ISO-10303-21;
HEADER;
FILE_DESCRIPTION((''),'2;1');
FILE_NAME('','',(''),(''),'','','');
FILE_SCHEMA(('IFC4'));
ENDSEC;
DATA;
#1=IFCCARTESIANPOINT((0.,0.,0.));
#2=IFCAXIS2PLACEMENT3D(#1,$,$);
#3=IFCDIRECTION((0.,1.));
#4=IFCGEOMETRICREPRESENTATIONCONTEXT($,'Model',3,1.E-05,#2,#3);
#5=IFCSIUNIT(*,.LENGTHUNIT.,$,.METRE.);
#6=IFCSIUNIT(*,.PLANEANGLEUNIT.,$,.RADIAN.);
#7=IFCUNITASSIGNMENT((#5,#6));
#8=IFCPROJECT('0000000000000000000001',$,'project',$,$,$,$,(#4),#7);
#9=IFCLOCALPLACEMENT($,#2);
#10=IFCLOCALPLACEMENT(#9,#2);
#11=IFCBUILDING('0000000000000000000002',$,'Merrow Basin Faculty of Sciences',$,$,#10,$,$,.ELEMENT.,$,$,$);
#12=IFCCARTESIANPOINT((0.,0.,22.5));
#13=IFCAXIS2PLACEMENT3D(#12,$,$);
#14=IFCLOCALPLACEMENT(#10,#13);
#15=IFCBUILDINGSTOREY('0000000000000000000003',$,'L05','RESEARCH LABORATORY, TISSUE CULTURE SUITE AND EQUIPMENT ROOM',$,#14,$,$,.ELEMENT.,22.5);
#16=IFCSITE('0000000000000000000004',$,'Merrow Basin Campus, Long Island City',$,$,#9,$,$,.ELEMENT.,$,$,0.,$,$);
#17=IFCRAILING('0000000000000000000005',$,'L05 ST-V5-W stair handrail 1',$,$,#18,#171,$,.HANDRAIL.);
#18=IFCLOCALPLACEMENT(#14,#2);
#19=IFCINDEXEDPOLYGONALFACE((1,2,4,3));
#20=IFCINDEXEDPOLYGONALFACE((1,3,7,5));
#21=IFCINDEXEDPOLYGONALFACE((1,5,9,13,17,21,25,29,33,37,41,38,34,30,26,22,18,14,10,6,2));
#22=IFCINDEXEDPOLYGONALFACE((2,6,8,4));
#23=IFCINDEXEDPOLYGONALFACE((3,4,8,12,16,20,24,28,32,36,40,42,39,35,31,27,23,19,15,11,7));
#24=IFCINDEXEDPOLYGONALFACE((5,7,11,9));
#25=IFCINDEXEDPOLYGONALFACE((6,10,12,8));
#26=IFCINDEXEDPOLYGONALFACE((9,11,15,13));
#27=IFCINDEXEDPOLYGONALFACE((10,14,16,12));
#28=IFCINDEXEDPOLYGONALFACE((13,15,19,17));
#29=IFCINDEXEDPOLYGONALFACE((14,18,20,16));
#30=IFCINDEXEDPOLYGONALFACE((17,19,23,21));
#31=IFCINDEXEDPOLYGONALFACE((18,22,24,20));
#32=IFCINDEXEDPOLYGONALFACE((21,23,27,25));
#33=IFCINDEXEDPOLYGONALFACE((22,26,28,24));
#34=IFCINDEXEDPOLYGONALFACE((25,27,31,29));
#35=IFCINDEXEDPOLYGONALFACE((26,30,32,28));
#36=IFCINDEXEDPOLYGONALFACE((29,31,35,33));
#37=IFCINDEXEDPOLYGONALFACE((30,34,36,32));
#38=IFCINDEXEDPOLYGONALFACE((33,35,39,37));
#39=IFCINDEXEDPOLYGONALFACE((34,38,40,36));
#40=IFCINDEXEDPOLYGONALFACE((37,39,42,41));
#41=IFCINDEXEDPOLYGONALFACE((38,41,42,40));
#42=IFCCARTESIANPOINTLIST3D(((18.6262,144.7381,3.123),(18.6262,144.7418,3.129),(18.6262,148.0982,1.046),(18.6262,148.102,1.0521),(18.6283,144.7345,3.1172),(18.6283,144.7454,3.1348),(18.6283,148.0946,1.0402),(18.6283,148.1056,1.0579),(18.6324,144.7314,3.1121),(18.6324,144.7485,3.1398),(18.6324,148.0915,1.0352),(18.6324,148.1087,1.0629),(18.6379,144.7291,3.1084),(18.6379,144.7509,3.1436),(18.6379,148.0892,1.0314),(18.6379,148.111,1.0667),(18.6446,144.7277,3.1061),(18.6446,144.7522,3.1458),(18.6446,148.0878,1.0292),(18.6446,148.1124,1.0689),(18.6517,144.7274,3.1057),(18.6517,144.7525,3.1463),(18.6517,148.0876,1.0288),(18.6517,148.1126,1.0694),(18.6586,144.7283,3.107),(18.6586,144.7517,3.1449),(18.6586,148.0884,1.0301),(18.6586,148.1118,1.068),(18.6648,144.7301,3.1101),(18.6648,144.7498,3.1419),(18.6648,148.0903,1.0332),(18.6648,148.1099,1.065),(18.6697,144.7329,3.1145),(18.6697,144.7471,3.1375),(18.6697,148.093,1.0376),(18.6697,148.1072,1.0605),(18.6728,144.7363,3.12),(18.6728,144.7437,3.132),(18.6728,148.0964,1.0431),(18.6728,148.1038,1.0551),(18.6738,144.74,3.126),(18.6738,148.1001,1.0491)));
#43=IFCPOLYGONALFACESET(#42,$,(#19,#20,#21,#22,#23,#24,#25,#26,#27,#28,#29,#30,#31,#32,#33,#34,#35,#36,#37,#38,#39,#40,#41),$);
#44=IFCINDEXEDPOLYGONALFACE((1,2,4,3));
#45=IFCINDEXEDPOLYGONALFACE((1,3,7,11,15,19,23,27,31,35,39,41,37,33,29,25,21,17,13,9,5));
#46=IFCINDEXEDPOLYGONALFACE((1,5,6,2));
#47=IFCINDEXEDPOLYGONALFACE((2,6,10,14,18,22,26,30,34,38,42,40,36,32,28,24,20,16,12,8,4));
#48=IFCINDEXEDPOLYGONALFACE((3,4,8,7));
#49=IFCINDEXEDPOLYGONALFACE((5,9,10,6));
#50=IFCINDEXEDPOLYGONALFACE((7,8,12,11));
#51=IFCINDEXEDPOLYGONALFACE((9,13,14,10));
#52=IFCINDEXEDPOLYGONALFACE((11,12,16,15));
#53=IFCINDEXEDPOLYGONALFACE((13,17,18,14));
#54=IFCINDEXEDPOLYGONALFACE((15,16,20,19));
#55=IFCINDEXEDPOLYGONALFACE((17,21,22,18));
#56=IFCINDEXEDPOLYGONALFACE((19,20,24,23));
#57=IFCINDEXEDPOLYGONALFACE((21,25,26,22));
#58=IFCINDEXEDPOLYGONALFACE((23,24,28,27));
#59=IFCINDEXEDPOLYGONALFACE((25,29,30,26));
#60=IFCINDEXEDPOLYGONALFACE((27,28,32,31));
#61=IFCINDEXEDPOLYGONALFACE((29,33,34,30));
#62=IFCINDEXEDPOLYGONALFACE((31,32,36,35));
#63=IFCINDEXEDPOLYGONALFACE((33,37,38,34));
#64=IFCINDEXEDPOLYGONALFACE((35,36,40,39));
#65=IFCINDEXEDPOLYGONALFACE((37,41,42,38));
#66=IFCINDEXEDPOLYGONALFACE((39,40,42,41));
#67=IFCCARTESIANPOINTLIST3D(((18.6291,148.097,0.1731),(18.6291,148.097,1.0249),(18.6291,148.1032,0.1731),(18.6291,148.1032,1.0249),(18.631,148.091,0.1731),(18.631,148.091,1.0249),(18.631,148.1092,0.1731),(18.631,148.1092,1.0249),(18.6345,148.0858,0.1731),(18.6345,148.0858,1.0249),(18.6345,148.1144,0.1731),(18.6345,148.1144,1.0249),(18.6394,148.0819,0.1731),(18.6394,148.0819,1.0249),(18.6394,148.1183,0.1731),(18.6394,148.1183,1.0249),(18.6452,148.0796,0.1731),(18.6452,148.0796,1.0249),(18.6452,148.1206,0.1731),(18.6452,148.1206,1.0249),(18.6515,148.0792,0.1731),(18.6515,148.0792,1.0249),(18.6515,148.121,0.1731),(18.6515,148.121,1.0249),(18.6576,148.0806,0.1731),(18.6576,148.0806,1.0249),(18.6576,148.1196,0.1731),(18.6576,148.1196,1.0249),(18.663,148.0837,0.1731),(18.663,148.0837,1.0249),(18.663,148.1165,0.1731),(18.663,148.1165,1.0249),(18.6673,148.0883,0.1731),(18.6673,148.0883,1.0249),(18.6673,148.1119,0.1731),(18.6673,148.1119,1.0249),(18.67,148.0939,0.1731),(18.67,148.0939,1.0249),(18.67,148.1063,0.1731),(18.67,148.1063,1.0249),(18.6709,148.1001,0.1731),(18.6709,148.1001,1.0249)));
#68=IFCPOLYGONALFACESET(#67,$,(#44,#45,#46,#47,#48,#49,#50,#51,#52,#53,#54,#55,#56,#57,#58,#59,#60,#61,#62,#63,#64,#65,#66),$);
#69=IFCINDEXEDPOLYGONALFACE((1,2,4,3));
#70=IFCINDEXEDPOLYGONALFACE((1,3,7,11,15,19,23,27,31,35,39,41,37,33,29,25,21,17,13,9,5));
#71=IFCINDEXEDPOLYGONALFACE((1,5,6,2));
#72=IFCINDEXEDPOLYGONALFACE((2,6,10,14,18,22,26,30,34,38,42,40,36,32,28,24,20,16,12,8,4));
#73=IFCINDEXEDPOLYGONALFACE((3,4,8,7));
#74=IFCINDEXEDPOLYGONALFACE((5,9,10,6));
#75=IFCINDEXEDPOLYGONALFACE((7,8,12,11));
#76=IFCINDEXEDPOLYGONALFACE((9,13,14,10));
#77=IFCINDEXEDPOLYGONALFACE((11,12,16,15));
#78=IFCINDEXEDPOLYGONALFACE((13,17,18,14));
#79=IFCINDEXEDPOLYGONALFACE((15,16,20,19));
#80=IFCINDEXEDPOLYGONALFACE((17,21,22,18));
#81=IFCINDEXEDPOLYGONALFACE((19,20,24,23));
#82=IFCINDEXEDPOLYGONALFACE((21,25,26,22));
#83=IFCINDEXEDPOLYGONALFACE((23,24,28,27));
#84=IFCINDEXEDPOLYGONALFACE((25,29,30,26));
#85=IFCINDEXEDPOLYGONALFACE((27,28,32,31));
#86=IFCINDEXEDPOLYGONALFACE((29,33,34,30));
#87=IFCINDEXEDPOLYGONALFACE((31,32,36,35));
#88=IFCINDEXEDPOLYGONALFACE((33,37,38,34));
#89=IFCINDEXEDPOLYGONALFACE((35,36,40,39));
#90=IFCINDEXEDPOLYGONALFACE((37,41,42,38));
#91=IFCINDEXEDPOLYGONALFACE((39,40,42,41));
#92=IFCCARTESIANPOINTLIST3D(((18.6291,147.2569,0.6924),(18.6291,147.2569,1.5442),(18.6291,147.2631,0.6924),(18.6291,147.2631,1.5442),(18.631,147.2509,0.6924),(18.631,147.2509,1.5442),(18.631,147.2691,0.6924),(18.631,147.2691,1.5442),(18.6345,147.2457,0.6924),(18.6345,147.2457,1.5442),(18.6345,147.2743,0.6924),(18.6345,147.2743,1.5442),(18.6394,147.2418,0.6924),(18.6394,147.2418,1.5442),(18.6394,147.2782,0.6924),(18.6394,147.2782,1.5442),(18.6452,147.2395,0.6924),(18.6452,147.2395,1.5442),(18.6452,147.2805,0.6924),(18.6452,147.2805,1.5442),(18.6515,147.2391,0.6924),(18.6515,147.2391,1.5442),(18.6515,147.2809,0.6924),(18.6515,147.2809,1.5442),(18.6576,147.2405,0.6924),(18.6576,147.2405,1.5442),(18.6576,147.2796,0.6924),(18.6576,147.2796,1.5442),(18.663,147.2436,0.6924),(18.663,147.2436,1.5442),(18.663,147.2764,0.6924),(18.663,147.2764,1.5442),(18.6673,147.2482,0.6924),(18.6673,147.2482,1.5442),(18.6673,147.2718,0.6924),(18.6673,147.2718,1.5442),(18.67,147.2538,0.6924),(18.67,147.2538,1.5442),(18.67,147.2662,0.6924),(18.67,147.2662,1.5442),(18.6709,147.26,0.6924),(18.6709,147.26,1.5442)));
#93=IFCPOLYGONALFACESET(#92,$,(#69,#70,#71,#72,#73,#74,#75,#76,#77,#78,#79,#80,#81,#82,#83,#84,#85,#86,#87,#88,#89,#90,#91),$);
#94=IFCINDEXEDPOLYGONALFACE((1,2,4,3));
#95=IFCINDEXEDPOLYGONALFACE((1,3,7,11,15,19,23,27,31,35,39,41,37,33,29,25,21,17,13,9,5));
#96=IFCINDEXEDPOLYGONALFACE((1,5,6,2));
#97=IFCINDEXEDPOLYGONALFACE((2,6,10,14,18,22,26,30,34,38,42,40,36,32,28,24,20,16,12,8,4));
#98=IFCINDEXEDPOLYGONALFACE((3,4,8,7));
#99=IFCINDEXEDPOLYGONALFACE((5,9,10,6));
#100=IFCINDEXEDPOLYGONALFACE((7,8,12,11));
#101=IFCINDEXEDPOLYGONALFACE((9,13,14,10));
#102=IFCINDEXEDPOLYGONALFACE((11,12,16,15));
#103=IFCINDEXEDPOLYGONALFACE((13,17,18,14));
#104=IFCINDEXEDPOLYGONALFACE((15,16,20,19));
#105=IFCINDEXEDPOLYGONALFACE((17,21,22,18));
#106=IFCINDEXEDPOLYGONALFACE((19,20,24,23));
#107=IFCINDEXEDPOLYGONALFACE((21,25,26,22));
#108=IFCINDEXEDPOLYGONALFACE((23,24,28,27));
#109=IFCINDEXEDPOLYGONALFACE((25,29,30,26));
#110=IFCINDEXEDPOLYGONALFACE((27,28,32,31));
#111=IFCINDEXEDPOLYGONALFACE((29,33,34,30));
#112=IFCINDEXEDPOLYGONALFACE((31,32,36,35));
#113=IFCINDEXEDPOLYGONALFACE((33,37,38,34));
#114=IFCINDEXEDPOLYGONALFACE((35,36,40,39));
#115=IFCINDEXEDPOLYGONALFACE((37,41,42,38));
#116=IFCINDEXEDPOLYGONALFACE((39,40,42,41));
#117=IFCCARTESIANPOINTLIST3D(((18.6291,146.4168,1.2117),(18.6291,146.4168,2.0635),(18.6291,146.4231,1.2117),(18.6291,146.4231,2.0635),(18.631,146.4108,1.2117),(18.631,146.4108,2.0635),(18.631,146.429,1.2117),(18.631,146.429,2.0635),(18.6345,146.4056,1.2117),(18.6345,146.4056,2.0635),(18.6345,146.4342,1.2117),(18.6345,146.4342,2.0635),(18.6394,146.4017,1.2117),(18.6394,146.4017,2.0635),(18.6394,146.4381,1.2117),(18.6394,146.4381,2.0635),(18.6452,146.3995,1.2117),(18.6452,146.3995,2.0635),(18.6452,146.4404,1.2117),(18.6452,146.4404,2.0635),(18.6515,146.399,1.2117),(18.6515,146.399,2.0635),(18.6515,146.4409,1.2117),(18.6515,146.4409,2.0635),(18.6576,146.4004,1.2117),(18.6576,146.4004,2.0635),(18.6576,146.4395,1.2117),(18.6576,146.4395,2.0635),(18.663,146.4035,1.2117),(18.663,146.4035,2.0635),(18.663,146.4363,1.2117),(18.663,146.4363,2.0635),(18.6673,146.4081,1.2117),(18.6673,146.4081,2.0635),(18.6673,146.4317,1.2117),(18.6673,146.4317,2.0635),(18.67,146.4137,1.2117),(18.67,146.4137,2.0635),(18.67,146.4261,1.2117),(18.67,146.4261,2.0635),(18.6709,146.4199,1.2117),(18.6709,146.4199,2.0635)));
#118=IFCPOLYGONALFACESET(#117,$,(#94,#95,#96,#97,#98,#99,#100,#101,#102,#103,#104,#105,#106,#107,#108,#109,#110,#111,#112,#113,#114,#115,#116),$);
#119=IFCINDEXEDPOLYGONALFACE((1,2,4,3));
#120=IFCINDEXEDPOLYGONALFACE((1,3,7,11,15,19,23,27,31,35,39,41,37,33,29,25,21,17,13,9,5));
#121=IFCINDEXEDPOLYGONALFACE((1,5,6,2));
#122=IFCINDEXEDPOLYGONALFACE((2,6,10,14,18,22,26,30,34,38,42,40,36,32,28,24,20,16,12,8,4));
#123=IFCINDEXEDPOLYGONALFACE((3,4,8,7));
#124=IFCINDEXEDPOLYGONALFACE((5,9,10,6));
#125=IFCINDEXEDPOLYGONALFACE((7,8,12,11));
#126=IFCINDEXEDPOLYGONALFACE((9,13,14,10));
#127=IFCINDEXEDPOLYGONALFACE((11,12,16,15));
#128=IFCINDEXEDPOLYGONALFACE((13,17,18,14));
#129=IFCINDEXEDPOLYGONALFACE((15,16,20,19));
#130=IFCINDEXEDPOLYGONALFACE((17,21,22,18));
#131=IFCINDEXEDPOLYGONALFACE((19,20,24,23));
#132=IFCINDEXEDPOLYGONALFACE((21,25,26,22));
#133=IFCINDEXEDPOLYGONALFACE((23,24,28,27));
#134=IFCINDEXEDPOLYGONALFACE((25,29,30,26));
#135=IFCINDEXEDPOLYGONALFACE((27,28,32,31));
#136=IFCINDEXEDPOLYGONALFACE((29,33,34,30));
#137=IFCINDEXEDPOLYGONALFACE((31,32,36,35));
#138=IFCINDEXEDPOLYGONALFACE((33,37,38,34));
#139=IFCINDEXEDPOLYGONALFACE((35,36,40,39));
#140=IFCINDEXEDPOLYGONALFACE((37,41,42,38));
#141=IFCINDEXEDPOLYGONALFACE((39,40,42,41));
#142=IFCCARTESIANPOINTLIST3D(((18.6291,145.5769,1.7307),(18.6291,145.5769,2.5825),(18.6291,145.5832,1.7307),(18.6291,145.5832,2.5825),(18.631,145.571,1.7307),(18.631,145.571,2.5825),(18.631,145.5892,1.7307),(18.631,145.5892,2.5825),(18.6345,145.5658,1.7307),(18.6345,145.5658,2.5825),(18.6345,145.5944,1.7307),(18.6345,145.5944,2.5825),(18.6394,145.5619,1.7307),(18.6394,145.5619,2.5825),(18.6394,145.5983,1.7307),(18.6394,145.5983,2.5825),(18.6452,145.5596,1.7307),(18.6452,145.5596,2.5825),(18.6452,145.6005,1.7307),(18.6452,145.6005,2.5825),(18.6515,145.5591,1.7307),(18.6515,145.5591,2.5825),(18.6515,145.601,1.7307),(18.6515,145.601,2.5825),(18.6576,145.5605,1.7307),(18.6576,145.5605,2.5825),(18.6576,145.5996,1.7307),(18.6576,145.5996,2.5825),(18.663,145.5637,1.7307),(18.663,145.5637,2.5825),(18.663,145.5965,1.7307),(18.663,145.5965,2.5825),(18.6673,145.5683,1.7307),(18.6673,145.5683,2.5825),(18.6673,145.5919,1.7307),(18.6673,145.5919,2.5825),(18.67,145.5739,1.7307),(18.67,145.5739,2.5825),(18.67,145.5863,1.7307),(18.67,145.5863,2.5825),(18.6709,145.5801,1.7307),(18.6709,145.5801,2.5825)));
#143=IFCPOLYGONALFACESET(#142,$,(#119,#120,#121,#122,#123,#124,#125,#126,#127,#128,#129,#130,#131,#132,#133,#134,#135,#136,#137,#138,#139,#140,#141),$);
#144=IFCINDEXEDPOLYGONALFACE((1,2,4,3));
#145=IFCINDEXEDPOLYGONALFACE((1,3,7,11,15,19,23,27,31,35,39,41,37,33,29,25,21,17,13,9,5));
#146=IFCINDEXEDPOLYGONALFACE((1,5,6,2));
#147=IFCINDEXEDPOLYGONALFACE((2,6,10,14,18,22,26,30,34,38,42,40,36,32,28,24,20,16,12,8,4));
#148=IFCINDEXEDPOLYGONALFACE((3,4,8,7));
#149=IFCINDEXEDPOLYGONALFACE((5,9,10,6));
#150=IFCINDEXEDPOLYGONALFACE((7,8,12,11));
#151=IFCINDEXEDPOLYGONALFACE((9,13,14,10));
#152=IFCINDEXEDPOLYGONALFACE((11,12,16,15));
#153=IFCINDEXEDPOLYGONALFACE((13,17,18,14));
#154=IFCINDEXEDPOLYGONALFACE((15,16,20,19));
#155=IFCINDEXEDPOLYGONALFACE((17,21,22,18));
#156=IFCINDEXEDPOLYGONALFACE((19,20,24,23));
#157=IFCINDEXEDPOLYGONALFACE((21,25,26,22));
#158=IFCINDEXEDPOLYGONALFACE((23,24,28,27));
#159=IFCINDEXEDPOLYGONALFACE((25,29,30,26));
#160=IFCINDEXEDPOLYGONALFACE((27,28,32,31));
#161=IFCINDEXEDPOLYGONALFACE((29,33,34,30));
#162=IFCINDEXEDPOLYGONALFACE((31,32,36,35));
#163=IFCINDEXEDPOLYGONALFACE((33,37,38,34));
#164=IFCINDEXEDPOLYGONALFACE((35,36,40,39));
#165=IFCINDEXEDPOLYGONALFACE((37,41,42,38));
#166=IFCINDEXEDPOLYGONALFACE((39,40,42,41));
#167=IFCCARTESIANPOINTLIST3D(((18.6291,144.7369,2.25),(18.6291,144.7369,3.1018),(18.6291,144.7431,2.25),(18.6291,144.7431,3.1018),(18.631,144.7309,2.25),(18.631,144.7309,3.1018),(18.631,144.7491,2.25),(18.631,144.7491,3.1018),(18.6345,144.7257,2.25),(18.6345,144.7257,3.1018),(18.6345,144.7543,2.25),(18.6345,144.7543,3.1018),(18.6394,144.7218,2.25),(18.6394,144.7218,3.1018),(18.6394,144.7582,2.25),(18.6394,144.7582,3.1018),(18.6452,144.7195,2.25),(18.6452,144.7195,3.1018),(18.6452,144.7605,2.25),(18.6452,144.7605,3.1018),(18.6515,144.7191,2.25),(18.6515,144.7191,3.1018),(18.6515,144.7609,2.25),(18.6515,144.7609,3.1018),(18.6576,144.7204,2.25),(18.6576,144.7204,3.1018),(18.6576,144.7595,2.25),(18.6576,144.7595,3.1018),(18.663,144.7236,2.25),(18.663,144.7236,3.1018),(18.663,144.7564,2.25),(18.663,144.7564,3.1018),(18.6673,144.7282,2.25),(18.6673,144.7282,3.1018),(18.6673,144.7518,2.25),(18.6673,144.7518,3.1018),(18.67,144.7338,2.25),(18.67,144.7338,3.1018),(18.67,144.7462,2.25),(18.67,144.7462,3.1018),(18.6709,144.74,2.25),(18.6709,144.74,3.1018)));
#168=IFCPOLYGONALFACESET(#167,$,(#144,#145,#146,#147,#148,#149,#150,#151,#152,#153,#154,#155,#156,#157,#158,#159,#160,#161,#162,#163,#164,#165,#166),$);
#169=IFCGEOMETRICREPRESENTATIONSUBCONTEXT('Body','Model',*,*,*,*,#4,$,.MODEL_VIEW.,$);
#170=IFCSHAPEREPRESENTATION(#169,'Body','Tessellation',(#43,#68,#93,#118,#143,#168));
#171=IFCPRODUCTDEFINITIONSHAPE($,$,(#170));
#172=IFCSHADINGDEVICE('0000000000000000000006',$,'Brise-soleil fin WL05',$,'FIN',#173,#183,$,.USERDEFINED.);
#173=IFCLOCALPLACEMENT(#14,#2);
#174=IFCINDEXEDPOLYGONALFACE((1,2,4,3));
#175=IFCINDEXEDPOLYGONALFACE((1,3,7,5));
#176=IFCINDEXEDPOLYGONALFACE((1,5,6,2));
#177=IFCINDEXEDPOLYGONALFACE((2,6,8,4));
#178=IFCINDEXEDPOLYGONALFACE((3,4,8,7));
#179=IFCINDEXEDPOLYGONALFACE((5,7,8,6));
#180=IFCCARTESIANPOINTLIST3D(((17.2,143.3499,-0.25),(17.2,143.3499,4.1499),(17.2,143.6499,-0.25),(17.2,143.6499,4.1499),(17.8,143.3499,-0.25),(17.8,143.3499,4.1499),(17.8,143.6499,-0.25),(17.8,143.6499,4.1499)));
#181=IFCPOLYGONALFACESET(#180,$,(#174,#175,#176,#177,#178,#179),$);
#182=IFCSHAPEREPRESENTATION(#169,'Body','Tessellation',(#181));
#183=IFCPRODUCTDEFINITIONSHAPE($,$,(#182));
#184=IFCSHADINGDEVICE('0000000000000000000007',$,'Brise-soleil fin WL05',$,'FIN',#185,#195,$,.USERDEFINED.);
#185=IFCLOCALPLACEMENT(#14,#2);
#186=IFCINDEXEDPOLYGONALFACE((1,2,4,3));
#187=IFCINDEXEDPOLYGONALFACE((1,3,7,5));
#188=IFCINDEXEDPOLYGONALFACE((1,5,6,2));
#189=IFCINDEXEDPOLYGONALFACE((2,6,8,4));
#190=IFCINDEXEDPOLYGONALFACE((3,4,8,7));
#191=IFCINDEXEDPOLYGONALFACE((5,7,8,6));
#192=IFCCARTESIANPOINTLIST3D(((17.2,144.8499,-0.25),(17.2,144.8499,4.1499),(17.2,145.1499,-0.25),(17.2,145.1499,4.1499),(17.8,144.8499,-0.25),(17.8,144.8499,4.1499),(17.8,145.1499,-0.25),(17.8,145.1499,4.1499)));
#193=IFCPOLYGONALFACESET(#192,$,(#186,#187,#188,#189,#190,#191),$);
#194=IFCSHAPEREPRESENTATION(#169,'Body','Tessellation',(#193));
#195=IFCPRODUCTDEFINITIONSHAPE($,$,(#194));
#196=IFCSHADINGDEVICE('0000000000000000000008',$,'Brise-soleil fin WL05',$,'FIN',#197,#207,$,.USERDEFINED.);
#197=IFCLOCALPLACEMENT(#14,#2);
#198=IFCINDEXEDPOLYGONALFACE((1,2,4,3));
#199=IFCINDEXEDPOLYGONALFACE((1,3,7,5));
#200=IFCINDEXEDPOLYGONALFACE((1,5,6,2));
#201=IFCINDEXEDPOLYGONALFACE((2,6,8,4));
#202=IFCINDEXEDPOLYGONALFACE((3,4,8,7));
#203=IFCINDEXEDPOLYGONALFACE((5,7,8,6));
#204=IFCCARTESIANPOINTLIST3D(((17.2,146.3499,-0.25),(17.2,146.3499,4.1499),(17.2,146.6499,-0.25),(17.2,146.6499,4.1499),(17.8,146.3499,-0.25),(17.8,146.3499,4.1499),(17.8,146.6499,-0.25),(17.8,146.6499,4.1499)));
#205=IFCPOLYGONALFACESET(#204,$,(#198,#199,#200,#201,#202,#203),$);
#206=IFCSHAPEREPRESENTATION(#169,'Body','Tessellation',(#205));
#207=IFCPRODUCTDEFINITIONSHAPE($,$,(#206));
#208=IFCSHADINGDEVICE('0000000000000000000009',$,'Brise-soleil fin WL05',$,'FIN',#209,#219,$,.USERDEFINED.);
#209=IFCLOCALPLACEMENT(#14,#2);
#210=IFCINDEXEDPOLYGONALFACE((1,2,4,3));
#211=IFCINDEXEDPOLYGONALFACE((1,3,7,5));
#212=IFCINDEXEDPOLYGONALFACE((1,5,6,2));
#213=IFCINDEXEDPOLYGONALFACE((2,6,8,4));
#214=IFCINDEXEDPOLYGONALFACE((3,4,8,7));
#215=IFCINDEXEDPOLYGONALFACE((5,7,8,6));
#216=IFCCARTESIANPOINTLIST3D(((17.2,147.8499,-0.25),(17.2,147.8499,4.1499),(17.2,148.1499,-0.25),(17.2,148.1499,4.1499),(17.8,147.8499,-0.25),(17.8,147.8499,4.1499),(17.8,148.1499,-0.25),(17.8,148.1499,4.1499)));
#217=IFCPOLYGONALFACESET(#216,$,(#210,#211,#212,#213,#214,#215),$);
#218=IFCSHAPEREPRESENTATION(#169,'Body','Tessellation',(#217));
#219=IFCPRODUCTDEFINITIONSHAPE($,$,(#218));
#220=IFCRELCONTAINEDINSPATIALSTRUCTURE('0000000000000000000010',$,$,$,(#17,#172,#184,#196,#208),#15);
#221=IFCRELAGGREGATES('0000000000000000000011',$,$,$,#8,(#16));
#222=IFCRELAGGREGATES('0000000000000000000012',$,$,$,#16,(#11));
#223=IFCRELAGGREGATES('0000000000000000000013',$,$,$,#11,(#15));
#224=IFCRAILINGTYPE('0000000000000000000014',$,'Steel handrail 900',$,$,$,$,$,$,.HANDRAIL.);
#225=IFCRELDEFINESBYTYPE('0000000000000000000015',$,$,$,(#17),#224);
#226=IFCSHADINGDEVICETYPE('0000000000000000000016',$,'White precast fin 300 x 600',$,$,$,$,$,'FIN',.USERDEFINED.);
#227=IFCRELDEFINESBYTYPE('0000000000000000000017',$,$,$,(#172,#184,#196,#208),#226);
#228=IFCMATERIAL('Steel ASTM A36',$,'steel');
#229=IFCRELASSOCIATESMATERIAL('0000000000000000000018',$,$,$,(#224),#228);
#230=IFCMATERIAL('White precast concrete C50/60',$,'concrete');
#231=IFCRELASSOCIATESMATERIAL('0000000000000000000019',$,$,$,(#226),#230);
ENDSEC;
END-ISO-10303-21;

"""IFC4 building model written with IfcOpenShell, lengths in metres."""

from ifc_helpers import new_model, si_unit, direction, frame, origin, origin_2d, place, context, subcontext, project, spatial, polyline, circle, outline, extrude, source, transform, mapped, material, type_object, element, save


model = new_model("IFC4")

# Units and contexts
model_context = context("Model", 3, precision=1e-05, world=origin(), true_north=direction((0.0, 1.0)))
body_context = subcontext(model_context, "Body", "Model", "MODEL_VIEW")
ifc_project = project(units=[si_unit("LENGTHUNIT", "METRE"), si_unit("PLANEANGLEUNIT", "RADIAN")], contexts=[model_context])

# Site, building, storey
site_placement = place(None, origin())
site = spatial("IfcSite", under=ifc_project, at=site_placement, Name="Merrow Basin Campus, Long Island City", CompositionType="ELEMENT", RefElevation=0.0)
building_placement = place(site_placement, origin())
building = spatial("IfcBuilding", under=site, at=building_placement, Name="Merrow Basin Faculty of Sciences", CompositionType="ELEMENT")
storey_placement = place(building_placement, frame((0.0, 0.0, 22.5)))
storey = spatial("IfcBuildingStorey", under=building, at=storey_placement, Name="L05", Description="RESEARCH LABORATORY, TISSUE CULTURE SUITE AND EQUIPMENT ROOM", CompositionType="ELEMENT", Elevation=22.5)

# Railing
ifc_material_1 = material(Name="Steel ASTM A36", Category="steel")
railing_type_1 = type_object("IfcRailingType", Name="Steel handrail 900", PredefinedType="HANDRAIL", material=ifc_material_1)
railing_1_placement = place(storey_placement, frame((18.6499, 148.1001, 0.1731)))
element("IfcRailing", 1, at=railing_1_placement, inside=storey, type_object=railing_type_1, Name="L05 ST-V5-W stair handrail 1", PredefinedType="HANDRAIL", context=body_context, shape_type="SweptSolid", body=[
    extrude(circle(Radius=0.0239, at=origin_2d()), frame((0.0, 0.0, 0.876), z_axis=(0.0, -0.850623, 0.525776), x_axis=(1.0, 0.0, 0.0)), (0.0, 0.0, 1.0), 3.9502),
    extrude(circle(Radius=0.021, at=origin_2d()), origin(), (0.0, 0.0, 1.0), 0.8518),
    extrude(circle(Radius=0.021, at=origin_2d()), frame((0.0, -0.8401, 0.5193)), (0.0, 0.0, 1.0), 0.8518),
    extrude(circle(Radius=0.021, at=origin_2d()), frame((0.0, -1.6802, 1.0386)), (0.0, 0.0, 1.0), 0.8518),
    extrude(circle(Radius=0.021, at=origin_2d()), frame((0.0, -2.52, 1.5576)), (0.0, 0.0, 1.0), 0.8518),
    extrude(circle(Radius=0.021, at=origin_2d()), frame((0.0, -3.3601, 2.0769)), (0.0, 0.0, 1.0), 0.8518),
])

# Shading devices
ifc_material_2 = material(Name="White precast concrete C50/60", Category="concrete")
shading_device_type = type_object("IfcShadingDeviceType", Name="White precast fin 300 x 600", ElementType="FIN", PredefinedType="USERDEFINED", material=ifc_material_2)
shared_shape_1 = source(origin(), body_context, "Body", "SweptSolid", [
    extrude(outline(polyline([(0.0, 0.0), (0.3, 0.0), (0.3, 4.3999), (0.0, 4.3999), (0.0, 0.0)])), origin(), (0.0, 0.0, 1.0), 0.6001),
])
for number, where, z_axis, x_axis, name in (
    (2, (17.8, 143.6499, -0.25), (-1.0, 0.0, 0.0), (0.0, -1.0, 0.0), "Brise-soleil fin WL05"),
    (3, (17.8, 145.1499, -0.25), (-1.0, 0.0, 0.0), (0.0, -1.0, 0.0), "Brise-soleil fin WL05"),
    (4, (17.8, 146.6499, -0.25), (-1.0, 0.0, 0.0), (0.0, -1.0, 0.0), "Brise-soleil fin WL05"),
    (5, (17.8, 148.1499, -0.25), (-1.0, 0.0, 0.0), (0.0, -1.0, 0.0), "Brise-soleil fin WL05"),
):
    element("IfcShadingDevice", number, at=place(storey_placement, frame(where, z_axis=z_axis, x_axis=x_axis)), inside=storey, type_object=shading_device_type, Name=name, ObjectType="FIN", PredefinedType="USERDEFINED", context=body_context, shape_type="MappedRepresentation", body=[
        mapped(shared_shape_1, transform((0.0, 0.0, 0.0), scale=1.0)),
    ])

save(model, "model.ifc")
